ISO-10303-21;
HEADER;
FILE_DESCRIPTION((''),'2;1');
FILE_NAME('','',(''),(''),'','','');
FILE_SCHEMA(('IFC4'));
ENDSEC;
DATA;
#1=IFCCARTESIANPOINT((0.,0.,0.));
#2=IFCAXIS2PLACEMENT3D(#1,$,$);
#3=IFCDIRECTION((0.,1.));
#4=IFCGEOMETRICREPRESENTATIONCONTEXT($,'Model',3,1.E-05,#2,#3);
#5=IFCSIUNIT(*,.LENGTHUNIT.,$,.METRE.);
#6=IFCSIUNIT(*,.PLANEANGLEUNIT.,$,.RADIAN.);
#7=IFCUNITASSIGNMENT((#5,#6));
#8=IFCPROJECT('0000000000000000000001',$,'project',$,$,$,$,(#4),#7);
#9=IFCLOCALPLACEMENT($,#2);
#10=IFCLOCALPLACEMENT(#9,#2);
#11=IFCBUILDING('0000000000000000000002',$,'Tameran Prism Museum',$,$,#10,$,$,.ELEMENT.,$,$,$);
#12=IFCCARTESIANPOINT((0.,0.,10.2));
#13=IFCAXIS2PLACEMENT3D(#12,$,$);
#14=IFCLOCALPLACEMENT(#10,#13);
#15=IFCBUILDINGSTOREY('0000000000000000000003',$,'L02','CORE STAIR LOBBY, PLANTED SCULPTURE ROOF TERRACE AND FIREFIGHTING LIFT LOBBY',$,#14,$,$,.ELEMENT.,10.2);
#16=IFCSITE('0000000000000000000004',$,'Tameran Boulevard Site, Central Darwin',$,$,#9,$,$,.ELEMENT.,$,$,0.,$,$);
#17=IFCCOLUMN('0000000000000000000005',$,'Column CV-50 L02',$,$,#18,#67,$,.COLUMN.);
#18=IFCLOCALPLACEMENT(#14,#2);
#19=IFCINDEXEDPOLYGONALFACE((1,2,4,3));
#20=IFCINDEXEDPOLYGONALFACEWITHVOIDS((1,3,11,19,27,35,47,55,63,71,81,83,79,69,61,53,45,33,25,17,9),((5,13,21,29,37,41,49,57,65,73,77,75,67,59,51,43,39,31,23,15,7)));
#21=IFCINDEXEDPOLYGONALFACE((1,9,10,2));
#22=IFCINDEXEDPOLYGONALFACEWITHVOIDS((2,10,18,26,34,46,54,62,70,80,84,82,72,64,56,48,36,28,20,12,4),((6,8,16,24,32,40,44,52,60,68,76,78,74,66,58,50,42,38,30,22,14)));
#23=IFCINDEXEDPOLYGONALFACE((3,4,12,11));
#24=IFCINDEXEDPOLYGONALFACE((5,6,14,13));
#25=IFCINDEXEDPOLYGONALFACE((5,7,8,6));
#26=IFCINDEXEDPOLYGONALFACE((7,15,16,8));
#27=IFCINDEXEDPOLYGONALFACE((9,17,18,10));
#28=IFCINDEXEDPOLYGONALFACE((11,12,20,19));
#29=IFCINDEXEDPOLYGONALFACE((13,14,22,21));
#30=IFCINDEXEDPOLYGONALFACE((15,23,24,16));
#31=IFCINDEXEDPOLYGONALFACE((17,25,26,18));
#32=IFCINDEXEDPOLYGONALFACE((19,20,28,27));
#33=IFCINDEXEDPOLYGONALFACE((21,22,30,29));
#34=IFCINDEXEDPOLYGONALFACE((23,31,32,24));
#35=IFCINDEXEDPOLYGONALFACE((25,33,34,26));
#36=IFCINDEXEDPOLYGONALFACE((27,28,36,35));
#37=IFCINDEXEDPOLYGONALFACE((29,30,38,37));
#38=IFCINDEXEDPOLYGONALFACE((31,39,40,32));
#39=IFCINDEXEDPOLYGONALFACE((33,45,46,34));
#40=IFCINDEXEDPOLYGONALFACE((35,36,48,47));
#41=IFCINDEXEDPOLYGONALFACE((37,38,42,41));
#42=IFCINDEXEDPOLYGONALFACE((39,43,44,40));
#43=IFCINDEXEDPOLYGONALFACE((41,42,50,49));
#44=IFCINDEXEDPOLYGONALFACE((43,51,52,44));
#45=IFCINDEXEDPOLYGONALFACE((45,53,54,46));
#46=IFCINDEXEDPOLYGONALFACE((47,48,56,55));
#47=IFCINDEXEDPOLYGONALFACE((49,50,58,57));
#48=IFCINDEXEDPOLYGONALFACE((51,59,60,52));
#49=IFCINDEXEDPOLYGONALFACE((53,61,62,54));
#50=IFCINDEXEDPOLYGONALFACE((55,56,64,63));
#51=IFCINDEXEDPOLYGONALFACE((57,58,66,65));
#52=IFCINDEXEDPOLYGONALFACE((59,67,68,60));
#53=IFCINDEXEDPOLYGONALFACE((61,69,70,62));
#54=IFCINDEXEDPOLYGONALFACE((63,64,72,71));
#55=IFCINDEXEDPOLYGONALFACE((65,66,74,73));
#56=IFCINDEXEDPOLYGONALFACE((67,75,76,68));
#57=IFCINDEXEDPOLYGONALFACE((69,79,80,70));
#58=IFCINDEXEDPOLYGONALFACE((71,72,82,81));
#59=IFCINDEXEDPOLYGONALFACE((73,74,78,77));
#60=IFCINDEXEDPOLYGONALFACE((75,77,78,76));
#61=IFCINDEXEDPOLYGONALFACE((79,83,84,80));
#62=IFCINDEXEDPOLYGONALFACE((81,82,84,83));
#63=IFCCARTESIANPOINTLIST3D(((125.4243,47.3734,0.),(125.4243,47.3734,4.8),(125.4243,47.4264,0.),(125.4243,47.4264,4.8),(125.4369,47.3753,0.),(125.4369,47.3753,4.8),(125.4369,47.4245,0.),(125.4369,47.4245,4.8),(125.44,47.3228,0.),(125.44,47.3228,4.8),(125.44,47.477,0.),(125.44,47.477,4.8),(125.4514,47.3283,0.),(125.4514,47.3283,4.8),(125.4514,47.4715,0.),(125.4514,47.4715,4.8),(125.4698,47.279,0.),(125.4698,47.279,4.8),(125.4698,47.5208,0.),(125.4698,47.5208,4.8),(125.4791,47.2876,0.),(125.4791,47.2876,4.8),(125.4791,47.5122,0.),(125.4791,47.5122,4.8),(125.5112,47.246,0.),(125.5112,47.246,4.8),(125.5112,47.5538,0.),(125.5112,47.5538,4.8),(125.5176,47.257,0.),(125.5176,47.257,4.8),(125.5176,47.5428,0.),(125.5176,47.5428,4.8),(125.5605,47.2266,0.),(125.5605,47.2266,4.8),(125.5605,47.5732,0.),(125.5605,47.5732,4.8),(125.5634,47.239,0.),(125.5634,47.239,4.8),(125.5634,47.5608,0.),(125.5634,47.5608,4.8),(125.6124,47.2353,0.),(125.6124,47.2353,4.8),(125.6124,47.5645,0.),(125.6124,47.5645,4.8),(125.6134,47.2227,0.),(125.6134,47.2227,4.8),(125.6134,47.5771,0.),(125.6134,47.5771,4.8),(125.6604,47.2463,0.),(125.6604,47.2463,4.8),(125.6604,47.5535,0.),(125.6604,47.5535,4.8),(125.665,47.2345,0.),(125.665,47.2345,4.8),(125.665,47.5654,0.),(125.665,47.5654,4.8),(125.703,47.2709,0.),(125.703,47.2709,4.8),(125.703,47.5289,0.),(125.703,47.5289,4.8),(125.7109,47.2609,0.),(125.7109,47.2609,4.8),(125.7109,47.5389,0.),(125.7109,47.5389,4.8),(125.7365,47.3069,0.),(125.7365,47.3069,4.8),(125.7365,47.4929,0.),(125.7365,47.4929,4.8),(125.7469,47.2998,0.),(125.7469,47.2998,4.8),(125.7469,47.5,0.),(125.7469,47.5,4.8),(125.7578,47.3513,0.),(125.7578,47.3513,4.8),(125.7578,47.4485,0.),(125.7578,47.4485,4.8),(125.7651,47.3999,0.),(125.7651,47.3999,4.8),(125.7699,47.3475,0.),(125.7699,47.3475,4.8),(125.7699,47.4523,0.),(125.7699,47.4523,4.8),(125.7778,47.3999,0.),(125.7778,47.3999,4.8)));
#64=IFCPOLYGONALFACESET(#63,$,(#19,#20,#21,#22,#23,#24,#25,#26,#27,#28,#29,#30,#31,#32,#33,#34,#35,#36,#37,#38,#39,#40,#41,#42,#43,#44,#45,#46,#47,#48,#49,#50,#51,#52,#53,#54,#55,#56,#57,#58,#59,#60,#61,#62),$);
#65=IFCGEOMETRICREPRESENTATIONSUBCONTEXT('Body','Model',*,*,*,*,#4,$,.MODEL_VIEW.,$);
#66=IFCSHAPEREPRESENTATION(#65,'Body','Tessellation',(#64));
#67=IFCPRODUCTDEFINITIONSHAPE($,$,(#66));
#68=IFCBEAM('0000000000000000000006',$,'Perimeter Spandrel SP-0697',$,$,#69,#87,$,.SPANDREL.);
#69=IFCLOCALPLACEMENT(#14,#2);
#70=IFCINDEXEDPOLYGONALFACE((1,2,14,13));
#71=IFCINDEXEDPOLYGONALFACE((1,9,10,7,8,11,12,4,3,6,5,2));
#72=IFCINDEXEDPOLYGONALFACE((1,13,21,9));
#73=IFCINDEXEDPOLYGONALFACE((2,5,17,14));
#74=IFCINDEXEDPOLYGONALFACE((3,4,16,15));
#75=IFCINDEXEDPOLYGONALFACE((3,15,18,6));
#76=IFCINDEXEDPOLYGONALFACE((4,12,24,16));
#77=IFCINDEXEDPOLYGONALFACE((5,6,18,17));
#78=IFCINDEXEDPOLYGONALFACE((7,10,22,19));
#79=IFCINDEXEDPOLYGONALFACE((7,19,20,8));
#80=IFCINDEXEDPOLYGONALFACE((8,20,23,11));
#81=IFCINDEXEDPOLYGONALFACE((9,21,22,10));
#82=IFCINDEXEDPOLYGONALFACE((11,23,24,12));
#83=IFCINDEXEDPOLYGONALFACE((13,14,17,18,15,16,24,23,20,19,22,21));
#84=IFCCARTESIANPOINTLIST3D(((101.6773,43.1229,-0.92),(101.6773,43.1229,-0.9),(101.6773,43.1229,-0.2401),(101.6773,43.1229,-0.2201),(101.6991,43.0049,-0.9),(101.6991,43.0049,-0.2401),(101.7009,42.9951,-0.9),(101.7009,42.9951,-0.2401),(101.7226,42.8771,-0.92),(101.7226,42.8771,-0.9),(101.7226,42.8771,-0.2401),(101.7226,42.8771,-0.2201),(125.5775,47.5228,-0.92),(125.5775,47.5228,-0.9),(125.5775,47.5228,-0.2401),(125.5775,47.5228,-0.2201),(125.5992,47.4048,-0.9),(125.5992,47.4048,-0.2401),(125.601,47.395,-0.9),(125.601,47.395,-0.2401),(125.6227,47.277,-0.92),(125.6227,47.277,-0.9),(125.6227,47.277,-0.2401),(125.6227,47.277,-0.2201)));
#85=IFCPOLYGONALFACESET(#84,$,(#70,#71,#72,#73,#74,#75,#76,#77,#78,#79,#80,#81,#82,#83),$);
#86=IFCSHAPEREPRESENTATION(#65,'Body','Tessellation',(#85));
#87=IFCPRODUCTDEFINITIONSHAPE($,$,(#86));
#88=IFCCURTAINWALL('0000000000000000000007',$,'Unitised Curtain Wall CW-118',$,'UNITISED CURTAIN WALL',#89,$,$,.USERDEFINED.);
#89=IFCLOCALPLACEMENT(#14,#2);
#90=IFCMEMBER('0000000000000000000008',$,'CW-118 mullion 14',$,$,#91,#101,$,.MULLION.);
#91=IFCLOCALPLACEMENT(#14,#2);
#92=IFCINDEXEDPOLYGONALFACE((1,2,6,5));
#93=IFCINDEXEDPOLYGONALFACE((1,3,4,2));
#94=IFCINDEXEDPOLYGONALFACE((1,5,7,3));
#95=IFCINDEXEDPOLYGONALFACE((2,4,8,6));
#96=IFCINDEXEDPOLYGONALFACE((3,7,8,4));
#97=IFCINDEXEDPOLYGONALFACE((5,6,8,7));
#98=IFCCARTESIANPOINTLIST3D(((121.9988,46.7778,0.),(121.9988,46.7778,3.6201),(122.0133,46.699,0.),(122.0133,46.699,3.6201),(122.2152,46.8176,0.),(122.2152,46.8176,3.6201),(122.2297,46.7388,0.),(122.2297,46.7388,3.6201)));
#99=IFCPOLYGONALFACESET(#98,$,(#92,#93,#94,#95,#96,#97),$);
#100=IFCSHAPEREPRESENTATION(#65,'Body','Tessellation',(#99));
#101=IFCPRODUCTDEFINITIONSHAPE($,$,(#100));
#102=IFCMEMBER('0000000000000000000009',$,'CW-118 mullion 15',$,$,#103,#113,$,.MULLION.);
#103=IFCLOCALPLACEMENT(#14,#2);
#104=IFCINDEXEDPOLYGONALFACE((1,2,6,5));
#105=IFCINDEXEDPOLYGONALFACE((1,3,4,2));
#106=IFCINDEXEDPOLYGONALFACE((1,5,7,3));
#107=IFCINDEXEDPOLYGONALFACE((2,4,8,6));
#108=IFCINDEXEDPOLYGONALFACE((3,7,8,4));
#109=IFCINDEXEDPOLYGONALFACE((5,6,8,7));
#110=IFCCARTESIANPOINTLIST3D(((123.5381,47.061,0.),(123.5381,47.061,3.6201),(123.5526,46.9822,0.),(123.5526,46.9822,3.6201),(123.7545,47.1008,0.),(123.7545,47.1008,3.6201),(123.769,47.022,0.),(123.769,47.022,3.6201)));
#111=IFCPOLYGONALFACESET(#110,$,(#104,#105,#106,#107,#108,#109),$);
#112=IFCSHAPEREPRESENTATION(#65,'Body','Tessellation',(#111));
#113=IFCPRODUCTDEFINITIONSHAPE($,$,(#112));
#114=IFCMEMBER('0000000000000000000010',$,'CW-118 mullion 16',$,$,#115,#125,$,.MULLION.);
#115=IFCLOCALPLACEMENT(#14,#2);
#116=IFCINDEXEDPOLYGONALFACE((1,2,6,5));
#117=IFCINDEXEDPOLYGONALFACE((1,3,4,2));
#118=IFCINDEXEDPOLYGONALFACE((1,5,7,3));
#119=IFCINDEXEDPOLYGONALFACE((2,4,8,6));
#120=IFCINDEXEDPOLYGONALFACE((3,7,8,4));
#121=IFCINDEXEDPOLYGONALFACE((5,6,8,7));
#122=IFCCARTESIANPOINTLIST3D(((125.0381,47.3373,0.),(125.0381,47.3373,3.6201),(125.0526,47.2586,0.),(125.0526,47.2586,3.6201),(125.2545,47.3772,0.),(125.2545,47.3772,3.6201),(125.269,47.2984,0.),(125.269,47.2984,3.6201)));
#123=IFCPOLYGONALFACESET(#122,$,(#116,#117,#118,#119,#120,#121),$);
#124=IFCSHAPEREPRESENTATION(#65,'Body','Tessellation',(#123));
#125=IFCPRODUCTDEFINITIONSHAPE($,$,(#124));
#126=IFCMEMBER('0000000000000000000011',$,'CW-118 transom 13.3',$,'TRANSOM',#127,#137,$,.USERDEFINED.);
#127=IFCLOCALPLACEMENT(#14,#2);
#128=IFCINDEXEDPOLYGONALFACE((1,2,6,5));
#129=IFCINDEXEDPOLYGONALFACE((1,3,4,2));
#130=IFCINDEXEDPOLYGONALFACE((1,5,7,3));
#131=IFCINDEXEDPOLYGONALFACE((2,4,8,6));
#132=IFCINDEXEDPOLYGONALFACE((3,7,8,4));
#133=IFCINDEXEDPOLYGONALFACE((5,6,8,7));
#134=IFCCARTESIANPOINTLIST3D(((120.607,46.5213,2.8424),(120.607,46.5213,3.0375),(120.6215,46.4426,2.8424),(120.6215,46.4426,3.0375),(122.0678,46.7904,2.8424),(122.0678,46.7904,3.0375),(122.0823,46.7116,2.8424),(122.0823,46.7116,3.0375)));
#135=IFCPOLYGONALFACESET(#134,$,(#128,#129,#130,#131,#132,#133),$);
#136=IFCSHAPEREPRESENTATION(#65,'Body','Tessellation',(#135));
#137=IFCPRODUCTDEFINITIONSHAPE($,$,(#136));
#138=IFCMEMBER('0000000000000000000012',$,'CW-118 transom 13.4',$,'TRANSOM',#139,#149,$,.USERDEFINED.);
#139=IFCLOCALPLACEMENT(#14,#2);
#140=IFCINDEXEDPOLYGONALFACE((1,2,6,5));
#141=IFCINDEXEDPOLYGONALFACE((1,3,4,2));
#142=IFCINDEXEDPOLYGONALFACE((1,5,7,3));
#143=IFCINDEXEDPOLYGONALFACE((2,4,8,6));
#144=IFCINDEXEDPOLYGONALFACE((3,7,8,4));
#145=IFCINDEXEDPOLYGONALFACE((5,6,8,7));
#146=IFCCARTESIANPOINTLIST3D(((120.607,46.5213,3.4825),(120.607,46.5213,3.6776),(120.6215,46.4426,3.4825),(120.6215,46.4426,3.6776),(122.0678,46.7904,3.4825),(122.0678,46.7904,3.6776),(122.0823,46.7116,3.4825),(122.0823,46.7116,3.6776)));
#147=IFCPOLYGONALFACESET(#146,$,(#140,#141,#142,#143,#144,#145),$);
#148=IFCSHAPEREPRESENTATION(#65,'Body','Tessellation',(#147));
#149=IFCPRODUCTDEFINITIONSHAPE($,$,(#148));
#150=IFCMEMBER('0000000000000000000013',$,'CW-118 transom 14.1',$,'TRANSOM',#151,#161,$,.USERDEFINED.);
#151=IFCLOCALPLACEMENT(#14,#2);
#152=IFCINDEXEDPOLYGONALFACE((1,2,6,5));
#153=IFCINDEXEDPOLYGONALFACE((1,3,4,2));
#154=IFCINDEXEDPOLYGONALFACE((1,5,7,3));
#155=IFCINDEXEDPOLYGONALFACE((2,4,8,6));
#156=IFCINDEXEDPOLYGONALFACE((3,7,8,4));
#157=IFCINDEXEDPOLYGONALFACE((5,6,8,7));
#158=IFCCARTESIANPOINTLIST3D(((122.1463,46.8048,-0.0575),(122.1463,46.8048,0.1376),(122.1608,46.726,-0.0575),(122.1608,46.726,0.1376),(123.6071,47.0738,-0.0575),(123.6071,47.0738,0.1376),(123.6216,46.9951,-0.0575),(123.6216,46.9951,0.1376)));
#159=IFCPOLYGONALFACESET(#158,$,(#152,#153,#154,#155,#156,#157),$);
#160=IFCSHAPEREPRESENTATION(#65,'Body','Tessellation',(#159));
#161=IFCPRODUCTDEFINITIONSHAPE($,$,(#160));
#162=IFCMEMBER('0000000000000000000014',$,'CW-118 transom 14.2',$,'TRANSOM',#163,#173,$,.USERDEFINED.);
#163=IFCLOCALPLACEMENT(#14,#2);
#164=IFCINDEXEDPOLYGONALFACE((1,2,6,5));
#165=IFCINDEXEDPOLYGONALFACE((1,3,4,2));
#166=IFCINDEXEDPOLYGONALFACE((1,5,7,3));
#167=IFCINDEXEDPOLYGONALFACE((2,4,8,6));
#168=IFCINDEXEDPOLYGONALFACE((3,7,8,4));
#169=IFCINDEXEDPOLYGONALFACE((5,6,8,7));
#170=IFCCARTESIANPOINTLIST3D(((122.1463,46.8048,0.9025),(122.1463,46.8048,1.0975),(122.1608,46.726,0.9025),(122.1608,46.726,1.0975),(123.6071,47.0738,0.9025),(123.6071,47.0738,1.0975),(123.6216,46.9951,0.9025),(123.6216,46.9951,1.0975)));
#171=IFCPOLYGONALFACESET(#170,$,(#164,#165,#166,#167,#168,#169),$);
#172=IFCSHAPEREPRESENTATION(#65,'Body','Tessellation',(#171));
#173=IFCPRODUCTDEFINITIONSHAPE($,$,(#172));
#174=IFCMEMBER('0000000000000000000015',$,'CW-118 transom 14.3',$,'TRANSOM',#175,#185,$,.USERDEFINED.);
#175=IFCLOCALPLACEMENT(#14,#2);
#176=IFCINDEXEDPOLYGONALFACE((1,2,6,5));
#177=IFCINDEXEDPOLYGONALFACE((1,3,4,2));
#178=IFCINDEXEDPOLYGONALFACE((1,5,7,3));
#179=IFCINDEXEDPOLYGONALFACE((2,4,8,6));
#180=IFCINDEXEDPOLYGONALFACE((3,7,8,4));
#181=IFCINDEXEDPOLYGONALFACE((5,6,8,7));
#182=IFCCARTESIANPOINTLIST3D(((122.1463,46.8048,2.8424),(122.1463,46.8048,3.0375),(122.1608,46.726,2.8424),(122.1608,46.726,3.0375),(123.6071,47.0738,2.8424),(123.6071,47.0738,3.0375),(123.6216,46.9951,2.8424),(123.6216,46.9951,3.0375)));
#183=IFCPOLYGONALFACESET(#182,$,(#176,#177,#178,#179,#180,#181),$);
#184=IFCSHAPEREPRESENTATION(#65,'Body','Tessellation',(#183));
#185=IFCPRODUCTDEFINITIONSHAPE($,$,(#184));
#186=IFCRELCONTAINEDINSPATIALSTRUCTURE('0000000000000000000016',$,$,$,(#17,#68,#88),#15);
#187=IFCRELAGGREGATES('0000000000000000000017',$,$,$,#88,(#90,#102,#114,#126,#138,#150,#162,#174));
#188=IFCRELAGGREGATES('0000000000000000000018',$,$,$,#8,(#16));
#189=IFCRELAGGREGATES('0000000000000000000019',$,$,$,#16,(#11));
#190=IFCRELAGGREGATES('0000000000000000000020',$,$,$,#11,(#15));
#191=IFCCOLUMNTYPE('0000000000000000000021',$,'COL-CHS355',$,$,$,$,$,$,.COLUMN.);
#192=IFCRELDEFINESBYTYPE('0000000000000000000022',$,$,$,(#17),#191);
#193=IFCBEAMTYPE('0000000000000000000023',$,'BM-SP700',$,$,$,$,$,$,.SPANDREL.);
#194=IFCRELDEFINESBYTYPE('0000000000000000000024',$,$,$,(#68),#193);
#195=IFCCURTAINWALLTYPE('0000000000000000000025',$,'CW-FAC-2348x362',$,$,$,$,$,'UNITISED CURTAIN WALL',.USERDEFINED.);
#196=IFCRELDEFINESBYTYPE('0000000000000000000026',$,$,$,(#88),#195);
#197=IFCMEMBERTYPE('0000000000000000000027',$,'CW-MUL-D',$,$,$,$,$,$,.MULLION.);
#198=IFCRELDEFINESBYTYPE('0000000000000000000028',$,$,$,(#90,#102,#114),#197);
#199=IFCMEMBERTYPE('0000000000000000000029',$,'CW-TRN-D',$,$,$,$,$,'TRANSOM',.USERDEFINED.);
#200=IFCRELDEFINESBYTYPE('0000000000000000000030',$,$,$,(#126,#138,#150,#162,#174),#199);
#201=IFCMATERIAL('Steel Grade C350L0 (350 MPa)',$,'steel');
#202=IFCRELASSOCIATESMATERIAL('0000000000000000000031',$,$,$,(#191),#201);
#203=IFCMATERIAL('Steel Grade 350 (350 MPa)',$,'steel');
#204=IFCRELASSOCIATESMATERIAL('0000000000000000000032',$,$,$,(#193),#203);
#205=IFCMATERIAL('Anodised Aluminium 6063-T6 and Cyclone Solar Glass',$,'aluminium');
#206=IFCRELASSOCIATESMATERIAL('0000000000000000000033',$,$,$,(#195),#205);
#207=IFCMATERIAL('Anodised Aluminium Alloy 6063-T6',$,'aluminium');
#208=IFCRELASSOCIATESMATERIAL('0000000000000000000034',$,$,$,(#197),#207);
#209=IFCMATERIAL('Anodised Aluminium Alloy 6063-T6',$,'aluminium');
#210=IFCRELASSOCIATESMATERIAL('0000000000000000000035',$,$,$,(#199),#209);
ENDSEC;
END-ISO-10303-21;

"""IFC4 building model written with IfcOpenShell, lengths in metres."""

from ifc_helpers import new_model, si_unit, direction, frame, origin, origin_2d, place, context, subcontext, project, spatial, rectangle, hollow_circle, i_section, extrude, material, material_profile, profile_set, type_object, element, aggregate, save


model = new_model("IFC4")

# Units and contexts
model_context = context("Model", 3, precision=1e-05, world=origin(), true_north=direction((0.0, 1.0)))
body_context = subcontext(model_context, "Body", "Model", "MODEL_VIEW")
ifc_project = project(units=[si_unit("LENGTHUNIT", "METRE"), si_unit("PLANEANGLEUNIT", "RADIAN")], contexts=[model_context])

# Site, building, storey
site_placement = place(None, origin())
site = spatial("IfcSite", under=ifc_project, at=site_placement, Name="Tameran Boulevard Site, Central Darwin", CompositionType="ELEMENT", RefElevation=0.0)
building_placement = place(site_placement, origin())
building = spatial("IfcBuilding", under=site, at=building_placement, Name="Tameran Prism Museum", CompositionType="ELEMENT")
storey_placement = place(building_placement, frame((0.0, 0.0, 10.2)))
storey = spatial("IfcBuildingStorey", under=building, at=storey_placement, Name="L02", Description="CORE STAIR LOBBY, PLANTED SCULPTURE ROOF TERRACE AND FIREFIGHTING LIFT LOBBY", CompositionType="ELEMENT", Elevation=10.2)

# Column
ifc_material_1 = material(Name="Steel Grade C350L0 (350 MPa)", Category="steel")
ifc_material_profile_1 = material_profile(ifc_material_1, hollow_circle(Radius=0.1777, WallThickness=0.0127, at=origin_2d()))
ifc_profile_set_1 = profile_set([ifc_material_profile_1])
column_type = type_object("IfcColumnType", Name="COL-CHS355", PredefinedType="COLUMN", material=ifc_profile_set_1)
column_placement = place(storey_placement, frame((125.6001, 47.3999, 0.0), z_axis=(0.0, 0.0, 1.0), x_axis=(1.0, 0.0, 0.0)))
element("IfcColumn", 1, at=column_placement, inside=storey, type_object=column_type, Name="Column CV-50 L02", PredefinedType="COLUMN", context=body_context, shape_type="SweptSolid", body=[
    extrude(hollow_circle(Radius=0.1777, WallThickness=0.0127, at=origin_2d()), origin(), (0.0, 0.0, 1.0), 4.8),
])

# Beam
ifc_material_2 = material(Name="Steel Grade 350 (350 MPa)", Category="steel")
ifc_material_profile_2 = material_profile(ifc_material_2, i_section(OverallWidth=0.25, OverallDepth=0.7, WebThickness=0.01, FlangeThickness=0.02, at=origin_2d()))
ifc_profile_set_2 = profile_set([ifc_material_profile_2])
beam_type = type_object("IfcBeamType", Name="BM-SP700", PredefinedType="SPANDREL", material=ifc_profile_set_2)
beam_placement = place(storey_placement, frame((125.6001, 47.3999, -0.5701), z_axis=(-0.983473, -0.181053, 0.0), x_axis=(0.181053, -0.983473, 0.0)))
element("IfcBeam", 2, at=beam_placement, inside=storey, type_object=beam_type, Name="Perimeter Spandrel SP-0697", PredefinedType="SPANDREL", context=body_context, shape_type="SweptSolid", body=[
    extrude(i_section(OverallWidth=0.25, OverallDepth=0.7, WebThickness=0.01, FlangeThickness=0.02, at=origin_2d()), origin(), (0.0, 0.0, 1.0), 24.3018),
])

# Curtain wall, members
ifc_material_3 = material(Name="Anodised Aluminium 6063-T6 and Cyclone Solar Glass", Category="aluminium")
curtain_wall_type = type_object("IfcCurtainWallType", Name="CW-FAC-2348x362", ElementType="UNITISED CURTAIN WALL", PredefinedType="USERDEFINED", material=ifc_material_3)
curtain_wall_placement = place(storey_placement, origin())
curtain_wall = element("IfcCurtainWall", 3, at=curtain_wall_placement, inside=storey, type_object=curtain_wall_type, Name="Unitised Curtain Wall CW-118", ObjectType="UNITISED CURTAIN WALL", PredefinedType="USERDEFINED")
ifc_material_4 = material(Name="Anodised Aluminium Alloy 6063-T6", Category="aluminium")
ifc_material_profile_3 = material_profile(ifc_material_4, rectangle(XDim=0.0801, YDim=0.22, at=origin_2d()))
ifc_profile_set_3 = profile_set([ifc_material_profile_3])
member_type_1 = type_object("IfcMemberType", Name="CW-MUL-D", PredefinedType="MULLION", material=ifc_profile_set_3)
member_1_placement = place(storey_placement, frame((122.1143, 46.7583, 0.0), z_axis=(0.0, 0.0, 1.0), x_axis=(-0.181063, 0.983472, 0.0)))
member_1 = element("IfcMember", 4, at=member_1_placement, type_object=member_type_1, Name="CW-118 mullion 14", PredefinedType="MULLION", context=body_context, shape_type="SweptSolid", body=[
    extrude(rectangle(XDim=0.0801, YDim=0.22, at=origin_2d()), origin(), (0.0, 0.0, 1.0), 3.6201),
])
member_2_placement = place(storey_placement, frame((123.6536, 47.0415, 0.0), z_axis=(0.0, 0.0, 1.0), x_axis=(-0.181063, 0.983472, 0.0)))
member_2 = element("IfcMember", 5, at=member_2_placement, type_object=member_type_1, Name="CW-118 mullion 15", PredefinedType="MULLION", context=body_context, shape_type="SweptSolid", body=[
    extrude(rectangle(XDim=0.0801, YDim=0.22, at=origin_2d()), origin(), (0.0, 0.0, 1.0), 3.6201),
])
member_3_placement = place(storey_placement, frame((125.1536, 47.3179, 0.0), z_axis=(0.0, 0.0, 1.0), x_axis=(-0.181063, 0.983472, 0.0)))
member_3 = element("IfcMember", 6, at=member_3_placement, type_object=member_type_1, Name="CW-118 mullion 16", PredefinedType="MULLION", context=body_context, shape_type="SweptSolid", body=[
    extrude(rectangle(XDim=0.0801, YDim=0.22, at=origin_2d()), origin(), (0.0, 0.0, 1.0), 3.6201),
])
ifc_material_5 = material(Name="Anodised Aluminium Alloy 6063-T6", Category="aluminium")
ifc_material_profile_4 = material_profile(ifc_material_5, rectangle(XDim=0.0801, YDim=0.1951, at=origin_2d()))
ifc_profile_set_4 = profile_set([ifc_material_profile_4])
member_type_2 = type_object("IfcMemberType", Name="CW-TRN-D", ElementType="TRANSOM", PredefinedType="USERDEFINED", material=ifc_profile_set_4)
member_4_placement = place(storey_placement, frame((120.6143, 46.4819, 2.9399), z_axis=(0.983457, 0.181142, 0.0), x_axis=(-0.181142, 0.983457, 0.0)))
member_4 = element("IfcMember", 7, at=member_4_placement, type_object=member_type_2, Name="CW-118 transom 13.3", ObjectType="TRANSOM", PredefinedType="USERDEFINED", context=body_context, shape_type="SweptSolid", body=[
    extrude(rectangle(XDim=0.0801, YDim=0.1951, at=origin_2d()), origin(), (0.0, 0.0, 1.0), 1.4854),
])
member_5_placement = place(storey_placement, frame((120.6143, 46.4819, 3.5801), z_axis=(0.983457, 0.181142, 0.0), x_axis=(-0.181142, 0.983457, 0.0)))
member_5 = element("IfcMember", 8, at=member_5_placement, type_object=member_type_2, Name="CW-118 transom 13.4", ObjectType="TRANSOM", PredefinedType="USERDEFINED", context=body_context, shape_type="SweptSolid", body=[
    extrude(rectangle(XDim=0.0801, YDim=0.1951, at=origin_2d()), origin(), (0.0, 0.0, 1.0), 1.4854),
])
member_6_placement = place(storey_placement, frame((122.1536, 46.7654, 0.04), z_axis=(0.983457, 0.181142, 0.0), x_axis=(-0.181142, 0.983457, 0.0)))
member_6 = element("IfcMember", 9, at=member_6_placement, type_object=member_type_2, Name="CW-118 transom 14.1", ObjectType="TRANSOM", PredefinedType="USERDEFINED", context=body_context, shape_type="SweptSolid", body=[
    extrude(rectangle(XDim=0.0801, YDim=0.1951, at=origin_2d()), origin(), (0.0, 0.0, 1.0), 1.4854),
])
member_7_placement = place(storey_placement, frame((122.1536, 46.7654, 1.0), z_axis=(0.983457, 0.181142, 0.0), x_axis=(-0.181142, 0.983457, 0.0)))
member_7 = element("IfcMember", 10, at=member_7_placement, type_object=member_type_2, Name="CW-118 transom 14.2", ObjectType="TRANSOM", PredefinedType="USERDEFINED", context=body_context, shape_type="SweptSolid", body=[
    extrude(rectangle(XDim=0.0801, YDim=0.1951, at=origin_2d()), origin(), (0.0, 0.0, 1.0), 1.4854),
])
member_8_placement = place(storey_placement, frame((122.1536, 46.7654, 2.9399), z_axis=(0.983457, 0.181142, 0.0), x_axis=(-0.181142, 0.983457, 0.0)))
member_8 = element("IfcMember", 11, at=member_8_placement, type_object=member_type_2, Name="CW-118 transom 14.3", ObjectType="TRANSOM", PredefinedType="USERDEFINED", context=body_context, shape_type="SweptSolid", body=[
    extrude(rectangle(XDim=0.0801, YDim=0.1951, at=origin_2d()), origin(), (0.0, 0.0, 1.0), 1.4854),
])
aggregate(curtain_wall, [member_1, member_2, member_3, member_4, member_5, member_6, member_7, member_8])

save(model, "model.ifc")
